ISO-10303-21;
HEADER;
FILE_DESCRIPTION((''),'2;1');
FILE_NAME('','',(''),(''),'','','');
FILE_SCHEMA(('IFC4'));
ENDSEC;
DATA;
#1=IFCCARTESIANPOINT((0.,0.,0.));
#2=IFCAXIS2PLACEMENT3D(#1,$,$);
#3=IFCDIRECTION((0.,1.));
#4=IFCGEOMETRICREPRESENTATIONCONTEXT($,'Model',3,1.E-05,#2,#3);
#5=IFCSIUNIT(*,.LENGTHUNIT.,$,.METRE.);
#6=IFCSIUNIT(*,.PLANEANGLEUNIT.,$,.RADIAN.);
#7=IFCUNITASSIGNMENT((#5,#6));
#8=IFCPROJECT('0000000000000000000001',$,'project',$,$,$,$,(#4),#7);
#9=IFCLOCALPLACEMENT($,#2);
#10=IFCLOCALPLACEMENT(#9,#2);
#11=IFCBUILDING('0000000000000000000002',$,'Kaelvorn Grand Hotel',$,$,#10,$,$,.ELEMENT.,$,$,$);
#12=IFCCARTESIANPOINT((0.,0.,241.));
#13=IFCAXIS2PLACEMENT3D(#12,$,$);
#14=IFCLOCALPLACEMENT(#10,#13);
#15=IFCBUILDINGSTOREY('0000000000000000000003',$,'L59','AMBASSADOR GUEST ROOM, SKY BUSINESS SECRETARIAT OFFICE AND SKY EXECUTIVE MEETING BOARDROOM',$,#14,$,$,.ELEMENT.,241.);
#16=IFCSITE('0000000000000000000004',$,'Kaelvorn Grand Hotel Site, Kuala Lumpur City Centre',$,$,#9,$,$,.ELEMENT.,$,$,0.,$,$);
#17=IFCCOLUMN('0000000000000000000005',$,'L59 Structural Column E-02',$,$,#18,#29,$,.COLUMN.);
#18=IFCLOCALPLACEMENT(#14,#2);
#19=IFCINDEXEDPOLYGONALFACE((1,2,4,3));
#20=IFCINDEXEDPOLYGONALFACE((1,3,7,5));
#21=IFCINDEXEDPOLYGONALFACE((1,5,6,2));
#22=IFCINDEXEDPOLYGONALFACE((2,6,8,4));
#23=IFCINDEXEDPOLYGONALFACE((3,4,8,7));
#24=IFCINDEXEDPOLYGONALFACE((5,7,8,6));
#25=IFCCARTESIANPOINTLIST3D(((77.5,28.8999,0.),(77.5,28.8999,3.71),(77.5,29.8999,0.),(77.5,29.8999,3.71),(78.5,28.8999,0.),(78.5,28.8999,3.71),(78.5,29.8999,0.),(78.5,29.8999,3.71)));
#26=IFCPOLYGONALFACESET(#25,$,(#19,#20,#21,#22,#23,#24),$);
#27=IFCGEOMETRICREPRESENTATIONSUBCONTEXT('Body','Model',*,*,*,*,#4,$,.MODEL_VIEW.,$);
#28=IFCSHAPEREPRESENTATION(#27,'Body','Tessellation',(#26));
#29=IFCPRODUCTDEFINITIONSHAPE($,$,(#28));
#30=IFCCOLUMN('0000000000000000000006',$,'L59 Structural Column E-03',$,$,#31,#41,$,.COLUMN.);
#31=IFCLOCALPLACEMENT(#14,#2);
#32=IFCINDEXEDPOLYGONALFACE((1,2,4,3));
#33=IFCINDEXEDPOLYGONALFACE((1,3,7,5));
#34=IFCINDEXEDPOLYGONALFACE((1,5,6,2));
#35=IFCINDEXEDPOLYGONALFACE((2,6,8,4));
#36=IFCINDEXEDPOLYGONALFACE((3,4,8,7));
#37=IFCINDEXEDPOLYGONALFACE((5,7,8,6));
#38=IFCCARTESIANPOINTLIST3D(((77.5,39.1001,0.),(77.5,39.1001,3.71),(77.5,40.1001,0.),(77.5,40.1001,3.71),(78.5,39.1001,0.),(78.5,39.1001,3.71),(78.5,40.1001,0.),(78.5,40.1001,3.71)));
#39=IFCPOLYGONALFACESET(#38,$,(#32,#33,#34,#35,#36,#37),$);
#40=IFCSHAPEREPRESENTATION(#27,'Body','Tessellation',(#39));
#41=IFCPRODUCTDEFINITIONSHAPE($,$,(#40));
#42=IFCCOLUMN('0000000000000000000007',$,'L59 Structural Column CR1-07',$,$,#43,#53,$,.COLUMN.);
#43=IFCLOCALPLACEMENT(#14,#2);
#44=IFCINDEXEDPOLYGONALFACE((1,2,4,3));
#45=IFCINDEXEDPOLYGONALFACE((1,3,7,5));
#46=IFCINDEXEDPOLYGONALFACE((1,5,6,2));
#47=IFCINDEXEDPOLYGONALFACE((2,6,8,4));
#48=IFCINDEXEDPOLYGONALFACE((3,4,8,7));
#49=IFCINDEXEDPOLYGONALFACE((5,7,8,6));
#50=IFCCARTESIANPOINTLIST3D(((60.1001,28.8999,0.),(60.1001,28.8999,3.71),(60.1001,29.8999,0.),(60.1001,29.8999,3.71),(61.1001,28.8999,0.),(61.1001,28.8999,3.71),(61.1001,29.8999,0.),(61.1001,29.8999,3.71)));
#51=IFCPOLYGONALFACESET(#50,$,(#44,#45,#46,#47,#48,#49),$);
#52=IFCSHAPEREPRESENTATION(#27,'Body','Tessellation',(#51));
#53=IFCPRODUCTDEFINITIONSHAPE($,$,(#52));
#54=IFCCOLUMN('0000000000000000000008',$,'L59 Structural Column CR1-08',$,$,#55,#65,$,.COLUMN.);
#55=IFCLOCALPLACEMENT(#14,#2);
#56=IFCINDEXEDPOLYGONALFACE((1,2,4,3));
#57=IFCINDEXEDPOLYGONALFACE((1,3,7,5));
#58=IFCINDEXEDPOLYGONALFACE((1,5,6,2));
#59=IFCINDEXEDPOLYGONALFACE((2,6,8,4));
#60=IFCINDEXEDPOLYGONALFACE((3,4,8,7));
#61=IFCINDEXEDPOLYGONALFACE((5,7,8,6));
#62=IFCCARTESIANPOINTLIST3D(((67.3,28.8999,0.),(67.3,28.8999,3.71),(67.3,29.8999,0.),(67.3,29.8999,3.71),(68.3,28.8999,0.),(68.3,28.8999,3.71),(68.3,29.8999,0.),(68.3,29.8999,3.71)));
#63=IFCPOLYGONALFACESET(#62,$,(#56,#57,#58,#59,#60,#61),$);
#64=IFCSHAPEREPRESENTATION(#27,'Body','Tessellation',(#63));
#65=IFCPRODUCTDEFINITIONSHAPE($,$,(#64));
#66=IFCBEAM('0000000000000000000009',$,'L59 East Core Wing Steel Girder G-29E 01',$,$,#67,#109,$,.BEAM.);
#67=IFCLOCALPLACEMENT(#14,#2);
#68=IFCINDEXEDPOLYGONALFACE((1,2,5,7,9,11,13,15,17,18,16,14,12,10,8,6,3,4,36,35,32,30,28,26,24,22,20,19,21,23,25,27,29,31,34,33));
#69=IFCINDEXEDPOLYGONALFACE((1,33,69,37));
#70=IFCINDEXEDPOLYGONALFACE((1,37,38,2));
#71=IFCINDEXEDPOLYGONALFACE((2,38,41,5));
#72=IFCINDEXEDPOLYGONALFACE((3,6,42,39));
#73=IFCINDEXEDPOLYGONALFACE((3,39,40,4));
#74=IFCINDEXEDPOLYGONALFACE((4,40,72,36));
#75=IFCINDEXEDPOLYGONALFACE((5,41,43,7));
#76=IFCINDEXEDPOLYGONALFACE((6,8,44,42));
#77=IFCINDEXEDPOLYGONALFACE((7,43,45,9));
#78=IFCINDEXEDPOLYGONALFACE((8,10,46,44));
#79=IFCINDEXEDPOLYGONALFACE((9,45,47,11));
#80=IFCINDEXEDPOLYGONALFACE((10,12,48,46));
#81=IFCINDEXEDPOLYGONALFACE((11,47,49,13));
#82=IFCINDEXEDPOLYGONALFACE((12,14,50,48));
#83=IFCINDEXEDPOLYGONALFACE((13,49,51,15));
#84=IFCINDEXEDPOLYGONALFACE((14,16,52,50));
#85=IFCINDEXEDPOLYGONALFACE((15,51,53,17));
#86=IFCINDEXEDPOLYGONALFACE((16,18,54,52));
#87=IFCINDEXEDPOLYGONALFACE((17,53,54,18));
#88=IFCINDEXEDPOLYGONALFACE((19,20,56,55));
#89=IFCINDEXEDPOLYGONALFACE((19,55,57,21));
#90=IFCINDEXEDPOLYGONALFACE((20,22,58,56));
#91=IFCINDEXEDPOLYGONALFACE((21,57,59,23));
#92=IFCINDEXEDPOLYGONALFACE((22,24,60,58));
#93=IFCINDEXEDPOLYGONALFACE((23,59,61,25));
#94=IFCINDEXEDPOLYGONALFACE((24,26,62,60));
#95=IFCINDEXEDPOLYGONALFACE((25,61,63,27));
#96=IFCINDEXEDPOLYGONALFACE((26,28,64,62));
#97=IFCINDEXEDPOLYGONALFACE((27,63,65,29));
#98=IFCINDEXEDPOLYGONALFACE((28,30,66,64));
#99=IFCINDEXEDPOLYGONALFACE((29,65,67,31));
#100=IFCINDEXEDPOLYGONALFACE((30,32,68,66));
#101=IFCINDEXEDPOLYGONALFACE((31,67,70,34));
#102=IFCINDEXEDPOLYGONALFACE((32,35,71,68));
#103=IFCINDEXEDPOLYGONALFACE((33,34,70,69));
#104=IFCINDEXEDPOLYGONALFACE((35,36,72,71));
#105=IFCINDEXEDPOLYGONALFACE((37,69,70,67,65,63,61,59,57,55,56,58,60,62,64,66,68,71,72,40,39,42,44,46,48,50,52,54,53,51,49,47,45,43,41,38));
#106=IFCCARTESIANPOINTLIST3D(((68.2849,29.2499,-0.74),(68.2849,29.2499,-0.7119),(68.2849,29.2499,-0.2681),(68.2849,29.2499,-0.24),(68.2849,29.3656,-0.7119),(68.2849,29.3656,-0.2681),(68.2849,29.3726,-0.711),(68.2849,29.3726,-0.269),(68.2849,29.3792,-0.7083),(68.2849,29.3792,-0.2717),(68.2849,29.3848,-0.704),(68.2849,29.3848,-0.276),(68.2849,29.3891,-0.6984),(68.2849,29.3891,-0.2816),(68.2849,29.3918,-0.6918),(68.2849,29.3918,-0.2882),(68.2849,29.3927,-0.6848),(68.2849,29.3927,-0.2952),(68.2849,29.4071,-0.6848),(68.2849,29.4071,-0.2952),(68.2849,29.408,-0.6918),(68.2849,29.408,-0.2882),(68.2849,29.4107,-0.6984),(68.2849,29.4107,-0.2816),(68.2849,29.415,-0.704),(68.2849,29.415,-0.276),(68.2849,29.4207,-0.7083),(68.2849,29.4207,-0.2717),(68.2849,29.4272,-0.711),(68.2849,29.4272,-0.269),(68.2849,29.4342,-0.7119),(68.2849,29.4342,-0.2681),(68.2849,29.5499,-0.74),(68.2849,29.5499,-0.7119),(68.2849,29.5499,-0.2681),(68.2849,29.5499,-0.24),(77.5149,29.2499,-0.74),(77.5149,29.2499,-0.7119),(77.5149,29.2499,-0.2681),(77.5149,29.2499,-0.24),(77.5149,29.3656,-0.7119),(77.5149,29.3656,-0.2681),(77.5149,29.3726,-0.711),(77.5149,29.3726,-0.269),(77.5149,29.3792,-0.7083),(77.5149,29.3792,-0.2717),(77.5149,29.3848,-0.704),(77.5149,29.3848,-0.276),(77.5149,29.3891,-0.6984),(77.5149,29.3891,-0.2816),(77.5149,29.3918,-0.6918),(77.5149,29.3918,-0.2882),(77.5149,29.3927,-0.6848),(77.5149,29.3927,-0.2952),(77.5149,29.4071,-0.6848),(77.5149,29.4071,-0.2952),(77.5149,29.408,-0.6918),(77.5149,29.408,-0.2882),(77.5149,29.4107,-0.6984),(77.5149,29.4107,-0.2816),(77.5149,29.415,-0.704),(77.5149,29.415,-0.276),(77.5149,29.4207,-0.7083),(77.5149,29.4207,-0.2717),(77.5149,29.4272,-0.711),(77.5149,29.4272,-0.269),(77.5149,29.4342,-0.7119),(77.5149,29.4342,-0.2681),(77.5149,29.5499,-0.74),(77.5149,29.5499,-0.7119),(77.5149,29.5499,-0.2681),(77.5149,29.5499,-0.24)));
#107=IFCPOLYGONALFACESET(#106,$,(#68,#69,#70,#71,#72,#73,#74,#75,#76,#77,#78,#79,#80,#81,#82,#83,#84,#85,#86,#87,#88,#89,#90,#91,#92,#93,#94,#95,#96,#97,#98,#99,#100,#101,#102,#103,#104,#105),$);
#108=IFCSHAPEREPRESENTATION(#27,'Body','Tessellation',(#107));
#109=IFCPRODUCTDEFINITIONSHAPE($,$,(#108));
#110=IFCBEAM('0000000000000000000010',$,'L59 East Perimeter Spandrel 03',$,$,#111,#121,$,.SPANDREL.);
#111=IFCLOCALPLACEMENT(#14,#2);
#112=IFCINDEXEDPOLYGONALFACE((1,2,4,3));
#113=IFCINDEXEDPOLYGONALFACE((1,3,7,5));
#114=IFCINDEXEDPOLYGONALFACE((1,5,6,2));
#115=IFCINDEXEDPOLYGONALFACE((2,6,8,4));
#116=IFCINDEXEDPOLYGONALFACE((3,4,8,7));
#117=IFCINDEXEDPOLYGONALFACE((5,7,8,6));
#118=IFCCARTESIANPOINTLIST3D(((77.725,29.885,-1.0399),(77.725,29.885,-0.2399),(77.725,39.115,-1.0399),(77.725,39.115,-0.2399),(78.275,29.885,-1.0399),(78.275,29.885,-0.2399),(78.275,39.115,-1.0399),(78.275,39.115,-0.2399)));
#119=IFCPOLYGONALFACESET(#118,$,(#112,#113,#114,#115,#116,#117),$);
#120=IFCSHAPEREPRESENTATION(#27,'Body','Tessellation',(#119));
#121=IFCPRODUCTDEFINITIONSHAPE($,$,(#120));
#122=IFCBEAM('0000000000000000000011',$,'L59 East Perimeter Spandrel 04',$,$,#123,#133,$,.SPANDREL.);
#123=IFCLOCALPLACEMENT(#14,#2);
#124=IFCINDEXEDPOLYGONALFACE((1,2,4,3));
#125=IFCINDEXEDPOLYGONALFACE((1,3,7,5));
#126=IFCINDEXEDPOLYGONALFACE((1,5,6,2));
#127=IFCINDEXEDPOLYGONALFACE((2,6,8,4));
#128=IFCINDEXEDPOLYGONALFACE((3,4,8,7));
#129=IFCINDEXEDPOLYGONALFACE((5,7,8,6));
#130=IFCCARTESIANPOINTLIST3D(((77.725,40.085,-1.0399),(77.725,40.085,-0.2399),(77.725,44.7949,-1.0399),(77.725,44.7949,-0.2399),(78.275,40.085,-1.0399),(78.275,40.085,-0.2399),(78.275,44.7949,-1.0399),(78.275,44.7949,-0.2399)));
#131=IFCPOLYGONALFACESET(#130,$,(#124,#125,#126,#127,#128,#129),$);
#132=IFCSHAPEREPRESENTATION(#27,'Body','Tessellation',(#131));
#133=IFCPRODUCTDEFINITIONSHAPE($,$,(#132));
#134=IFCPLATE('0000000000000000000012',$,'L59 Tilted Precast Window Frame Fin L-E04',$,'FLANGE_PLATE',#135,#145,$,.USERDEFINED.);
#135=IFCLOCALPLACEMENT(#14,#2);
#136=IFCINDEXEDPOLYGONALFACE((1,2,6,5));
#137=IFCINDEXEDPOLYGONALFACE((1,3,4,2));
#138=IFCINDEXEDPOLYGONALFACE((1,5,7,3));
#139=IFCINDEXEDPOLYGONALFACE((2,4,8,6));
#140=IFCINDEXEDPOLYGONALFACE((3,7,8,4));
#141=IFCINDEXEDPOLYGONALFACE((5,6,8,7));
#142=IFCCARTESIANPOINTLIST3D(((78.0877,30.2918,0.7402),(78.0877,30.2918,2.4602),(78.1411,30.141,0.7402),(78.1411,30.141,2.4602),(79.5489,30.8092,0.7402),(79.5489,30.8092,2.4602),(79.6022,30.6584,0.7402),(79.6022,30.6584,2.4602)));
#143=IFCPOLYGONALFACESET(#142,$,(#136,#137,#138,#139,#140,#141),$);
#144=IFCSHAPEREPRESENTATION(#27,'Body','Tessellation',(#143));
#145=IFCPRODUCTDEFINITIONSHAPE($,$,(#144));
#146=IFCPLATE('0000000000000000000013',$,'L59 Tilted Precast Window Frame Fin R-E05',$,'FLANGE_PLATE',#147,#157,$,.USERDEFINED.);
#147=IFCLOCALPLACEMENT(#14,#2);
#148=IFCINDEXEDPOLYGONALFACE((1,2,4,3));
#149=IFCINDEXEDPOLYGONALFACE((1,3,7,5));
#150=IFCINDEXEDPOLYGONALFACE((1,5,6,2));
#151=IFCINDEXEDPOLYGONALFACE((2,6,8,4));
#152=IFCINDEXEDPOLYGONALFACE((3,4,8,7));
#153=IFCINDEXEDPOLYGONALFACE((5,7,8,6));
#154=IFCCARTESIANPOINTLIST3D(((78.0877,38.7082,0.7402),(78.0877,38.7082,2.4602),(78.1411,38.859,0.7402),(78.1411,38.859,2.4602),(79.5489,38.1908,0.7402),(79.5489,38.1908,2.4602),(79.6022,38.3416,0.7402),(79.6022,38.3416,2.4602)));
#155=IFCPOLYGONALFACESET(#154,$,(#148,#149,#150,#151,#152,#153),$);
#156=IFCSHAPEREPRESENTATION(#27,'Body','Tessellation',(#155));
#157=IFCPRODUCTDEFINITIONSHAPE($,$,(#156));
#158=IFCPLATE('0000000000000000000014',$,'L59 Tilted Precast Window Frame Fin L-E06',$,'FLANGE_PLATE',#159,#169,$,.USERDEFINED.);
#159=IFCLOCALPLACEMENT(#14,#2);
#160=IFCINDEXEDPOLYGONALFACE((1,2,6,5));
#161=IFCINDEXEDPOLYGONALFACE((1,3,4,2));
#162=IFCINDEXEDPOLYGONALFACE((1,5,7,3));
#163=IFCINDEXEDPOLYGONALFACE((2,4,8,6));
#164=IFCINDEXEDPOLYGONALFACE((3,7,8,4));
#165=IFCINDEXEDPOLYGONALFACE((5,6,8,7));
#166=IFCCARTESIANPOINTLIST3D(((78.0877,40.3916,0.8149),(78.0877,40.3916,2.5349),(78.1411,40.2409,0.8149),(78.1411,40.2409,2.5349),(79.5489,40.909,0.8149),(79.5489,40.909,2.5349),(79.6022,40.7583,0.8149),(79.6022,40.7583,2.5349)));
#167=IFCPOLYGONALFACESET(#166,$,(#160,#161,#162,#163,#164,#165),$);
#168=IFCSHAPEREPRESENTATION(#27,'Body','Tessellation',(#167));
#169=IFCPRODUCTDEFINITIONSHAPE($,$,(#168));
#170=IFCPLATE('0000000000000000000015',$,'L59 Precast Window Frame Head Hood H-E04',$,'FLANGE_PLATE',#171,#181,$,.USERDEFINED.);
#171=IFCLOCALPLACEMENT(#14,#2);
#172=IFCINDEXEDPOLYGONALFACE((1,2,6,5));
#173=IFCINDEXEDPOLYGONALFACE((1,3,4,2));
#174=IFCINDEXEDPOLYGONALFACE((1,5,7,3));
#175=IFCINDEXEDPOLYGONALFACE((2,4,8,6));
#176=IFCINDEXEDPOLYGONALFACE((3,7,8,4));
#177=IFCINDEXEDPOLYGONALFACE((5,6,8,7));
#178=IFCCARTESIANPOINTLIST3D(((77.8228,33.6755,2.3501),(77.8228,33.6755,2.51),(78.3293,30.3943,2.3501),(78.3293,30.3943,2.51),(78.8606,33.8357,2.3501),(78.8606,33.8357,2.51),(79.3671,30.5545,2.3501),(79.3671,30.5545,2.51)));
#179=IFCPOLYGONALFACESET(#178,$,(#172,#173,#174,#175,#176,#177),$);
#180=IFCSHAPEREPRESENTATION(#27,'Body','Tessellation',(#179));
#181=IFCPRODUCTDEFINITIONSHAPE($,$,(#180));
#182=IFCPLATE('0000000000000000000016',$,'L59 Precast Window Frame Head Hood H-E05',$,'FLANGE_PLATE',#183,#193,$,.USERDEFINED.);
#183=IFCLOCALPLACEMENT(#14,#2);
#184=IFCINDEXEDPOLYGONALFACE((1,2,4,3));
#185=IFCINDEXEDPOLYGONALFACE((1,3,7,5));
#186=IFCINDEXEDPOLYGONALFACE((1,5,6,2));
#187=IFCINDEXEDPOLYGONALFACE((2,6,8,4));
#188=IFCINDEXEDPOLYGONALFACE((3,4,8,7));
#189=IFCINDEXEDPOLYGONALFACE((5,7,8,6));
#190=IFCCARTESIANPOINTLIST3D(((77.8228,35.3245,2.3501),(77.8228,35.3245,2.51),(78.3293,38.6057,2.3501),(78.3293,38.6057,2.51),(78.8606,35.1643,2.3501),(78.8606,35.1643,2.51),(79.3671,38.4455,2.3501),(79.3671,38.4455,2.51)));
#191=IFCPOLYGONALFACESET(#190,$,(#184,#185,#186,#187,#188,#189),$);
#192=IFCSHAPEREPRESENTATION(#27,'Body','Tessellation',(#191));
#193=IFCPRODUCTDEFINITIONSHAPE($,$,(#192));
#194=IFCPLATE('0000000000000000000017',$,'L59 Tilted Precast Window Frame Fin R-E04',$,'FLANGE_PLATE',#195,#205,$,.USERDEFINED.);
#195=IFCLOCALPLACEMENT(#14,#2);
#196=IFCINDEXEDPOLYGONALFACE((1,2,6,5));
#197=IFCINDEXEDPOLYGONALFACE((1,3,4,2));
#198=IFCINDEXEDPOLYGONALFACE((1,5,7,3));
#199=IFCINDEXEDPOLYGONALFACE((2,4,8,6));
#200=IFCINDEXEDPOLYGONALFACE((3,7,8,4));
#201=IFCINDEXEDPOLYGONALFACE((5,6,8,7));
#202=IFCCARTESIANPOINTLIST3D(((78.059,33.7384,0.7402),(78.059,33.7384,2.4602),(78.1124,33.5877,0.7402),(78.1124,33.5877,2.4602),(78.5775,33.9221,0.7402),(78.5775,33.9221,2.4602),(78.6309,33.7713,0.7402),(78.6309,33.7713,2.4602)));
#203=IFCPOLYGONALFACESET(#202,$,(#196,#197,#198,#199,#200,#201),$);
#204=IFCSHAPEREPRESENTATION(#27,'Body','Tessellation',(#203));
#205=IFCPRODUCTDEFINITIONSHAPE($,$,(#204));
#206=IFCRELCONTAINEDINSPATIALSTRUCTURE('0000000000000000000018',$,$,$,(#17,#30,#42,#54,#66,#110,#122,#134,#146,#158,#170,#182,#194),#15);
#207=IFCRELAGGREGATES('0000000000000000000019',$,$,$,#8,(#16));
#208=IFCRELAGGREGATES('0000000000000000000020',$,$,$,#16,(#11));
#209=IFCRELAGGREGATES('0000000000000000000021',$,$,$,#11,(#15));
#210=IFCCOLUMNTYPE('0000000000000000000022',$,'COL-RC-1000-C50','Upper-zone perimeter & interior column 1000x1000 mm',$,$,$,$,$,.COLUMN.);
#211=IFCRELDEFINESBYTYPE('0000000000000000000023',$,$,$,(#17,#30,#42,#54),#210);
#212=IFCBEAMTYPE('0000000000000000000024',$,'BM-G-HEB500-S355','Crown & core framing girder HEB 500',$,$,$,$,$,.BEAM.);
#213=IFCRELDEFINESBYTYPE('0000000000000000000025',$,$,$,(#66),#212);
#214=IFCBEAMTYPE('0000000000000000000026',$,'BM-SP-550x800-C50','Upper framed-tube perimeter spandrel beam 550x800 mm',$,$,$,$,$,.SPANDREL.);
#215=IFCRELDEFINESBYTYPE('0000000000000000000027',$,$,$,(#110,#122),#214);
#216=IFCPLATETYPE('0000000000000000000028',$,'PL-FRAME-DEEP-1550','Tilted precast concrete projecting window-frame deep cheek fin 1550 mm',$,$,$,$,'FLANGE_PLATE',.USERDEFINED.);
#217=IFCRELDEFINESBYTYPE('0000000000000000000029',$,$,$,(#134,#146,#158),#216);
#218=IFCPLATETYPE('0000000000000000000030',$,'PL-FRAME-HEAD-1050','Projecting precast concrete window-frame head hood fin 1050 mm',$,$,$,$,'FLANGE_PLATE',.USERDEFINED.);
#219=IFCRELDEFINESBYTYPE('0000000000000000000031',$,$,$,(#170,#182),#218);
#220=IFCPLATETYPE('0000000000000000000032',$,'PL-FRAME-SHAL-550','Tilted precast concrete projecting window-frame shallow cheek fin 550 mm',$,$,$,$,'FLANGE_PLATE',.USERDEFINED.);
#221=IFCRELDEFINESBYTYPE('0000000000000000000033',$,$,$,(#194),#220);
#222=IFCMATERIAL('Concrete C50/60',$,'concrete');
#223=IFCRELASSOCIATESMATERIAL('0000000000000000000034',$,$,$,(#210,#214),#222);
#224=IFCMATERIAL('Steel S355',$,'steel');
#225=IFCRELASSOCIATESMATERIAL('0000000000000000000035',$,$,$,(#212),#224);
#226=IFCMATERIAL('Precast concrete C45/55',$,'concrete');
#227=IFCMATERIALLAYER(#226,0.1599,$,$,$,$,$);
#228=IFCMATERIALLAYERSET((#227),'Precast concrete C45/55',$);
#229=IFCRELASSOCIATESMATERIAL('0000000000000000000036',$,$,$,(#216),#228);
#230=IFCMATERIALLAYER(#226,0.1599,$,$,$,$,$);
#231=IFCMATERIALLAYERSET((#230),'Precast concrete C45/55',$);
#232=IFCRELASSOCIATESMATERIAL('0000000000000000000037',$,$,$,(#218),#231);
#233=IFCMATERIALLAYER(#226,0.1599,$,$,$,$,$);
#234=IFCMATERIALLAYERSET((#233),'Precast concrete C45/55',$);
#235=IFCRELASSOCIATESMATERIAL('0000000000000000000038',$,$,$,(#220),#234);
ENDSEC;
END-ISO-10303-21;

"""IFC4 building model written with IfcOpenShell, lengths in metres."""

from ifc_helpers import new_model, si_unit, direction, frame, origin, origin_2d, place, context, subcontext, project, spatial, rectangle, i_section, extrude, material, layer, layer_set, material_profile, profile_set, type_object, element, save


model = new_model("IFC4")

# Units and contexts
model_context = context("Model", 3, precision=1e-05, world=origin(), true_north=direction((0.0, 1.0)))
body_context = subcontext(model_context, "Body", "Model", "MODEL_VIEW")
ifc_project = project(units=[si_unit("LENGTHUNIT", "METRE"), si_unit("PLANEANGLEUNIT", "RADIAN")], contexts=[model_context])

# Site, building, storey
site_placement = place(None, origin())
site = spatial("IfcSite", under=ifc_project, at=site_placement, Name="Kaelvorn Grand Hotel Site, Kuala Lumpur City Centre", CompositionType="ELEMENT", RefElevation=0.0)
building_placement = place(site_placement, origin())
building = spatial("IfcBuilding", under=site, at=building_placement, Name="Kaelvorn Grand Hotel", CompositionType="ELEMENT")
storey_placement = place(building_placement, frame((0.0, 0.0, 241.0)))
storey = spatial("IfcBuildingStorey", under=building, at=storey_placement, Name="L59", Description="AMBASSADOR GUEST ROOM, SKY BUSINESS SECRETARIAT OFFICE AND SKY EXECUTIVE MEETING BOARDROOM", CompositionType="ELEMENT", Elevation=241.0)

# Columns
ifc_material_1 = material(Name="Concrete C50/60", Category="concrete")
ifc_material_profile_1 = material_profile(ifc_material_1, rectangle(XDim=1.0, YDim=1.0, at=origin_2d()), Name="RC COL 1000x1000")
ifc_profile_set_1 = profile_set([ifc_material_profile_1], Name="Concrete C50/60")
column_type = type_object("IfcColumnType", Name="COL-RC-1000-C50", Description="Upper-zone perimeter & interior column 1000x1000 mm", PredefinedType="COLUMN", material=ifc_profile_set_1)
for number, where, z_axis, x_axis, name in (
    (1, (78.0, 29.3999, 0.0), (0.0, 0.0, 1.0), (1.0, 0.0, 0.0), "L59 Structural Column E-02"),
    (2, (78.0, 39.6001, 0.0), (0.0, 0.0, 1.0), (1.0, 0.0, 0.0), "L59 Structural Column E-03"),
    (3, (60.6001, 29.3999, 0.0), (0.0, 0.0, 1.0), (1.0, 0.0, 0.0), "L59 Structural Column CR1-07"),
    (4, (67.8, 29.3999, 0.0), (0.0, 0.0, 1.0), (1.0, 0.0, 0.0), "L59 Structural Column CR1-08"),
):
    element("IfcColumn", number, at=place(storey_placement, frame(where, z_axis=z_axis, x_axis=x_axis)), inside=storey, type_object=column_type, Name=name, PredefinedType="COLUMN", context=body_context, shape_type="SweptSolid", body=[
        extrude(rectangle(XDim=1.0, YDim=1.0, at=origin_2d()), origin(), (0.0, 0.0, 1.0), 3.71),
    ])

# Beams
ifc_material_2 = material(Name="Steel S355", Category="steel")
ifc_material_profile_2 = material_profile(ifc_material_2, i_section(OverallWidth=0.3, OverallDepth=0.5, WebThickness=0.0144, FlangeThickness=0.0281, FilletRadius=0.0271, at=origin_2d()), Name="HEB 500")
ifc_profile_set_2 = profile_set([ifc_material_profile_2], Name="Steel S355")
beam_type_1 = type_object("IfcBeamType", Name="BM-G-HEB500-S355", Description="Crown & core framing girder HEB 500", PredefinedType="BEAM", material=ifc_profile_set_2)
beam_1_placement = place(storey_placement, frame((68.2849, 29.3999, -0.49), z_axis=(1.0, 0.0, 0.0), x_axis=(0.0, 1.0, 0.0)))
element("IfcBeam", 5, at=beam_1_placement, inside=storey, type_object=beam_type_1, Name="L59 East Core Wing Steel Girder G-29E 01", PredefinedType="BEAM", context=body_context, shape_type="SweptSolid", body=[
    extrude(i_section(OverallWidth=0.3, OverallDepth=0.5, WebThickness=0.0144, FlangeThickness=0.0281, FilletRadius=0.0271, at=origin_2d()), origin(), (0.0, 0.0, 1.0), 9.23),
])
ifc_material_profile_3 = material_profile(ifc_material_1, rectangle(XDim=0.55, YDim=0.8, at=origin_2d()), Name="RC SPANDREL 550x800")
ifc_profile_set_3 = profile_set([ifc_material_profile_3], Name="Concrete C50/60")
beam_type_2 = type_object("IfcBeamType", Name="BM-SP-550x800-C50", Description="Upper framed-tube perimeter spandrel beam 550x800 mm", PredefinedType="SPANDREL", material=ifc_profile_set_3)
beam_2_placement = place(storey_placement, frame((78.0, 29.885, -0.6399), z_axis=(0.0, 1.0, 0.0), x_axis=(-1.0, 0.0, 0.0)))
element("IfcBeam", 6, at=beam_2_placement, inside=storey, type_object=beam_type_2, Name="L59 East Perimeter Spandrel 03", PredefinedType="SPANDREL", context=body_context, shape_type="SweptSolid", body=[
    extrude(rectangle(XDim=0.55, YDim=0.8, at=origin_2d()), origin(), (0.0, 0.0, 1.0), 9.23),
])
beam_3_placement = place(storey_placement, frame((78.0, 40.085, -0.6399), z_axis=(0.0, 1.0, 0.0), x_axis=(-1.0, 0.0, 0.0)))
element("IfcBeam", 7, at=beam_3_placement, inside=storey, type_object=beam_type_2, Name="L59 East Perimeter Spandrel 04", PredefinedType="SPANDREL", context=body_context, shape_type="SweptSolid", body=[
    extrude(rectangle(XDim=0.55, YDim=0.8, at=origin_2d()), origin(), (0.0, 0.0, 1.0), 4.71),
])

# Plates
ifc_material_3 = material(Name="Precast concrete C45/55", Category="concrete")
ifc_layer_1 = layer(ifc_material_3, 0.1599)
ifc_layer_set_1 = layer_set([ifc_layer_1], Name="Precast concrete C45/55")
plate_type_1 = type_object("IfcPlateType", Name="PL-FRAME-DEEP-1550", Description="Tilted precast concrete projecting window-frame deep cheek fin 1550 mm", ElementType="FLANGE_PLATE", PredefinedType="USERDEFINED", material=ifc_layer_set_1)
for number, where, z_axis, x_axis, name in (
    (8, (78.845, 30.4751, 0.7402), (0.0, 0.0, 1.0), (-0.333807, 0.942641, 0.0), "L59 Tilted Precast Window Frame Fin L-E04"),
    (9, (78.845, 38.5249, 0.7402), (0.0, 0.0, 1.0), (0.333807, 0.942641, 0.0), "L59 Tilted Precast Window Frame Fin R-E05"),
    (10, (78.845, 40.575, 0.8149), (0.0, 0.0, 1.0), (-0.333807, 0.942641, 0.0), "L59 Tilted Precast Window Frame Fin L-E06"),
):
    element("IfcPlate", number, at=place(storey_placement, frame(where, z_axis=z_axis, x_axis=x_axis)), inside=storey, type_object=plate_type_1, Name=name, ObjectType="FLANGE_PLATE", PredefinedType="USERDEFINED", context=body_context, shape_type="SweptSolid", body=[
        extrude(rectangle(XDim=0.1599, YDim=1.55, at=origin_2d()), origin(), (0.0, 0.0, 1.0), 1.72),
    ])
ifc_layer_2 = layer(ifc_material_3, 0.1599)
ifc_layer_set_2 = layer_set([ifc_layer_2], Name="Precast concrete C45/55")
plate_type_2 = type_object("IfcPlateType", Name="PL-FRAME-HEAD-1050", Description="Projecting precast concrete window-frame head hood fin 1050 mm", ElementType="FLANGE_PLATE", PredefinedType="USERDEFINED", material=ifc_layer_set_2)
for number, where, z_axis, x_axis, name in (
    (11, (78.595, 32.115, 2.3501), (0.0, 0.0, 1.0), (-0.152555, 0.988295, 0.0), "L59 Precast Window Frame Head Hood H-E04"),
    (12, (78.595, 36.885, 2.3501), (0.0, 0.0, 1.0), (0.152555, 0.988295, 0.0), "L59 Precast Window Frame Head Hood H-E05"),
):
    element("IfcPlate", number, at=place(storey_placement, frame(where, z_axis=z_axis, x_axis=x_axis)), inside=storey, type_object=plate_type_2, Name=name, ObjectType="FLANGE_PLATE", PredefinedType="USERDEFINED", context=body_context, shape_type="SweptSolid", body=[
        extrude(rectangle(XDim=3.3201, YDim=1.05, at=origin_2d()), origin(), (0.0, 0.0, 1.0), 0.1599),
    ])
ifc_layer_3 = layer(ifc_material_3, 0.1599)
ifc_layer_set_3 = layer_set([ifc_layer_3], Name="Precast concrete C45/55")
plate_type_3 = type_object("IfcPlateType", Name="PL-FRAME-SHAL-550", Description="Tilted precast concrete projecting window-frame shallow cheek fin 550 mm", ElementType="FLANGE_PLATE", PredefinedType="USERDEFINED", material=ifc_layer_set_3)
for number, where, z_axis, x_axis, name in (
    (13, (78.345, 33.7549, 0.7402), (0.0, 0.0, 1.0), (-0.333807, 0.942641, 0.0), "L59 Tilted Precast Window Frame Fin R-E04"),
):
    element("IfcPlate", number, at=place(storey_placement, frame(where, z_axis=z_axis, x_axis=x_axis)), inside=storey, type_object=plate_type_3, Name=name, ObjectType="FLANGE_PLATE", PredefinedType="USERDEFINED", context=body_context, shape_type="SweptSolid", body=[
        extrude(rectangle(XDim=0.1599, YDim=0.55, at=origin_2d()), origin(), (0.0, 0.0, 1.0), 1.72),
    ])

save(model, "model.ifc")
